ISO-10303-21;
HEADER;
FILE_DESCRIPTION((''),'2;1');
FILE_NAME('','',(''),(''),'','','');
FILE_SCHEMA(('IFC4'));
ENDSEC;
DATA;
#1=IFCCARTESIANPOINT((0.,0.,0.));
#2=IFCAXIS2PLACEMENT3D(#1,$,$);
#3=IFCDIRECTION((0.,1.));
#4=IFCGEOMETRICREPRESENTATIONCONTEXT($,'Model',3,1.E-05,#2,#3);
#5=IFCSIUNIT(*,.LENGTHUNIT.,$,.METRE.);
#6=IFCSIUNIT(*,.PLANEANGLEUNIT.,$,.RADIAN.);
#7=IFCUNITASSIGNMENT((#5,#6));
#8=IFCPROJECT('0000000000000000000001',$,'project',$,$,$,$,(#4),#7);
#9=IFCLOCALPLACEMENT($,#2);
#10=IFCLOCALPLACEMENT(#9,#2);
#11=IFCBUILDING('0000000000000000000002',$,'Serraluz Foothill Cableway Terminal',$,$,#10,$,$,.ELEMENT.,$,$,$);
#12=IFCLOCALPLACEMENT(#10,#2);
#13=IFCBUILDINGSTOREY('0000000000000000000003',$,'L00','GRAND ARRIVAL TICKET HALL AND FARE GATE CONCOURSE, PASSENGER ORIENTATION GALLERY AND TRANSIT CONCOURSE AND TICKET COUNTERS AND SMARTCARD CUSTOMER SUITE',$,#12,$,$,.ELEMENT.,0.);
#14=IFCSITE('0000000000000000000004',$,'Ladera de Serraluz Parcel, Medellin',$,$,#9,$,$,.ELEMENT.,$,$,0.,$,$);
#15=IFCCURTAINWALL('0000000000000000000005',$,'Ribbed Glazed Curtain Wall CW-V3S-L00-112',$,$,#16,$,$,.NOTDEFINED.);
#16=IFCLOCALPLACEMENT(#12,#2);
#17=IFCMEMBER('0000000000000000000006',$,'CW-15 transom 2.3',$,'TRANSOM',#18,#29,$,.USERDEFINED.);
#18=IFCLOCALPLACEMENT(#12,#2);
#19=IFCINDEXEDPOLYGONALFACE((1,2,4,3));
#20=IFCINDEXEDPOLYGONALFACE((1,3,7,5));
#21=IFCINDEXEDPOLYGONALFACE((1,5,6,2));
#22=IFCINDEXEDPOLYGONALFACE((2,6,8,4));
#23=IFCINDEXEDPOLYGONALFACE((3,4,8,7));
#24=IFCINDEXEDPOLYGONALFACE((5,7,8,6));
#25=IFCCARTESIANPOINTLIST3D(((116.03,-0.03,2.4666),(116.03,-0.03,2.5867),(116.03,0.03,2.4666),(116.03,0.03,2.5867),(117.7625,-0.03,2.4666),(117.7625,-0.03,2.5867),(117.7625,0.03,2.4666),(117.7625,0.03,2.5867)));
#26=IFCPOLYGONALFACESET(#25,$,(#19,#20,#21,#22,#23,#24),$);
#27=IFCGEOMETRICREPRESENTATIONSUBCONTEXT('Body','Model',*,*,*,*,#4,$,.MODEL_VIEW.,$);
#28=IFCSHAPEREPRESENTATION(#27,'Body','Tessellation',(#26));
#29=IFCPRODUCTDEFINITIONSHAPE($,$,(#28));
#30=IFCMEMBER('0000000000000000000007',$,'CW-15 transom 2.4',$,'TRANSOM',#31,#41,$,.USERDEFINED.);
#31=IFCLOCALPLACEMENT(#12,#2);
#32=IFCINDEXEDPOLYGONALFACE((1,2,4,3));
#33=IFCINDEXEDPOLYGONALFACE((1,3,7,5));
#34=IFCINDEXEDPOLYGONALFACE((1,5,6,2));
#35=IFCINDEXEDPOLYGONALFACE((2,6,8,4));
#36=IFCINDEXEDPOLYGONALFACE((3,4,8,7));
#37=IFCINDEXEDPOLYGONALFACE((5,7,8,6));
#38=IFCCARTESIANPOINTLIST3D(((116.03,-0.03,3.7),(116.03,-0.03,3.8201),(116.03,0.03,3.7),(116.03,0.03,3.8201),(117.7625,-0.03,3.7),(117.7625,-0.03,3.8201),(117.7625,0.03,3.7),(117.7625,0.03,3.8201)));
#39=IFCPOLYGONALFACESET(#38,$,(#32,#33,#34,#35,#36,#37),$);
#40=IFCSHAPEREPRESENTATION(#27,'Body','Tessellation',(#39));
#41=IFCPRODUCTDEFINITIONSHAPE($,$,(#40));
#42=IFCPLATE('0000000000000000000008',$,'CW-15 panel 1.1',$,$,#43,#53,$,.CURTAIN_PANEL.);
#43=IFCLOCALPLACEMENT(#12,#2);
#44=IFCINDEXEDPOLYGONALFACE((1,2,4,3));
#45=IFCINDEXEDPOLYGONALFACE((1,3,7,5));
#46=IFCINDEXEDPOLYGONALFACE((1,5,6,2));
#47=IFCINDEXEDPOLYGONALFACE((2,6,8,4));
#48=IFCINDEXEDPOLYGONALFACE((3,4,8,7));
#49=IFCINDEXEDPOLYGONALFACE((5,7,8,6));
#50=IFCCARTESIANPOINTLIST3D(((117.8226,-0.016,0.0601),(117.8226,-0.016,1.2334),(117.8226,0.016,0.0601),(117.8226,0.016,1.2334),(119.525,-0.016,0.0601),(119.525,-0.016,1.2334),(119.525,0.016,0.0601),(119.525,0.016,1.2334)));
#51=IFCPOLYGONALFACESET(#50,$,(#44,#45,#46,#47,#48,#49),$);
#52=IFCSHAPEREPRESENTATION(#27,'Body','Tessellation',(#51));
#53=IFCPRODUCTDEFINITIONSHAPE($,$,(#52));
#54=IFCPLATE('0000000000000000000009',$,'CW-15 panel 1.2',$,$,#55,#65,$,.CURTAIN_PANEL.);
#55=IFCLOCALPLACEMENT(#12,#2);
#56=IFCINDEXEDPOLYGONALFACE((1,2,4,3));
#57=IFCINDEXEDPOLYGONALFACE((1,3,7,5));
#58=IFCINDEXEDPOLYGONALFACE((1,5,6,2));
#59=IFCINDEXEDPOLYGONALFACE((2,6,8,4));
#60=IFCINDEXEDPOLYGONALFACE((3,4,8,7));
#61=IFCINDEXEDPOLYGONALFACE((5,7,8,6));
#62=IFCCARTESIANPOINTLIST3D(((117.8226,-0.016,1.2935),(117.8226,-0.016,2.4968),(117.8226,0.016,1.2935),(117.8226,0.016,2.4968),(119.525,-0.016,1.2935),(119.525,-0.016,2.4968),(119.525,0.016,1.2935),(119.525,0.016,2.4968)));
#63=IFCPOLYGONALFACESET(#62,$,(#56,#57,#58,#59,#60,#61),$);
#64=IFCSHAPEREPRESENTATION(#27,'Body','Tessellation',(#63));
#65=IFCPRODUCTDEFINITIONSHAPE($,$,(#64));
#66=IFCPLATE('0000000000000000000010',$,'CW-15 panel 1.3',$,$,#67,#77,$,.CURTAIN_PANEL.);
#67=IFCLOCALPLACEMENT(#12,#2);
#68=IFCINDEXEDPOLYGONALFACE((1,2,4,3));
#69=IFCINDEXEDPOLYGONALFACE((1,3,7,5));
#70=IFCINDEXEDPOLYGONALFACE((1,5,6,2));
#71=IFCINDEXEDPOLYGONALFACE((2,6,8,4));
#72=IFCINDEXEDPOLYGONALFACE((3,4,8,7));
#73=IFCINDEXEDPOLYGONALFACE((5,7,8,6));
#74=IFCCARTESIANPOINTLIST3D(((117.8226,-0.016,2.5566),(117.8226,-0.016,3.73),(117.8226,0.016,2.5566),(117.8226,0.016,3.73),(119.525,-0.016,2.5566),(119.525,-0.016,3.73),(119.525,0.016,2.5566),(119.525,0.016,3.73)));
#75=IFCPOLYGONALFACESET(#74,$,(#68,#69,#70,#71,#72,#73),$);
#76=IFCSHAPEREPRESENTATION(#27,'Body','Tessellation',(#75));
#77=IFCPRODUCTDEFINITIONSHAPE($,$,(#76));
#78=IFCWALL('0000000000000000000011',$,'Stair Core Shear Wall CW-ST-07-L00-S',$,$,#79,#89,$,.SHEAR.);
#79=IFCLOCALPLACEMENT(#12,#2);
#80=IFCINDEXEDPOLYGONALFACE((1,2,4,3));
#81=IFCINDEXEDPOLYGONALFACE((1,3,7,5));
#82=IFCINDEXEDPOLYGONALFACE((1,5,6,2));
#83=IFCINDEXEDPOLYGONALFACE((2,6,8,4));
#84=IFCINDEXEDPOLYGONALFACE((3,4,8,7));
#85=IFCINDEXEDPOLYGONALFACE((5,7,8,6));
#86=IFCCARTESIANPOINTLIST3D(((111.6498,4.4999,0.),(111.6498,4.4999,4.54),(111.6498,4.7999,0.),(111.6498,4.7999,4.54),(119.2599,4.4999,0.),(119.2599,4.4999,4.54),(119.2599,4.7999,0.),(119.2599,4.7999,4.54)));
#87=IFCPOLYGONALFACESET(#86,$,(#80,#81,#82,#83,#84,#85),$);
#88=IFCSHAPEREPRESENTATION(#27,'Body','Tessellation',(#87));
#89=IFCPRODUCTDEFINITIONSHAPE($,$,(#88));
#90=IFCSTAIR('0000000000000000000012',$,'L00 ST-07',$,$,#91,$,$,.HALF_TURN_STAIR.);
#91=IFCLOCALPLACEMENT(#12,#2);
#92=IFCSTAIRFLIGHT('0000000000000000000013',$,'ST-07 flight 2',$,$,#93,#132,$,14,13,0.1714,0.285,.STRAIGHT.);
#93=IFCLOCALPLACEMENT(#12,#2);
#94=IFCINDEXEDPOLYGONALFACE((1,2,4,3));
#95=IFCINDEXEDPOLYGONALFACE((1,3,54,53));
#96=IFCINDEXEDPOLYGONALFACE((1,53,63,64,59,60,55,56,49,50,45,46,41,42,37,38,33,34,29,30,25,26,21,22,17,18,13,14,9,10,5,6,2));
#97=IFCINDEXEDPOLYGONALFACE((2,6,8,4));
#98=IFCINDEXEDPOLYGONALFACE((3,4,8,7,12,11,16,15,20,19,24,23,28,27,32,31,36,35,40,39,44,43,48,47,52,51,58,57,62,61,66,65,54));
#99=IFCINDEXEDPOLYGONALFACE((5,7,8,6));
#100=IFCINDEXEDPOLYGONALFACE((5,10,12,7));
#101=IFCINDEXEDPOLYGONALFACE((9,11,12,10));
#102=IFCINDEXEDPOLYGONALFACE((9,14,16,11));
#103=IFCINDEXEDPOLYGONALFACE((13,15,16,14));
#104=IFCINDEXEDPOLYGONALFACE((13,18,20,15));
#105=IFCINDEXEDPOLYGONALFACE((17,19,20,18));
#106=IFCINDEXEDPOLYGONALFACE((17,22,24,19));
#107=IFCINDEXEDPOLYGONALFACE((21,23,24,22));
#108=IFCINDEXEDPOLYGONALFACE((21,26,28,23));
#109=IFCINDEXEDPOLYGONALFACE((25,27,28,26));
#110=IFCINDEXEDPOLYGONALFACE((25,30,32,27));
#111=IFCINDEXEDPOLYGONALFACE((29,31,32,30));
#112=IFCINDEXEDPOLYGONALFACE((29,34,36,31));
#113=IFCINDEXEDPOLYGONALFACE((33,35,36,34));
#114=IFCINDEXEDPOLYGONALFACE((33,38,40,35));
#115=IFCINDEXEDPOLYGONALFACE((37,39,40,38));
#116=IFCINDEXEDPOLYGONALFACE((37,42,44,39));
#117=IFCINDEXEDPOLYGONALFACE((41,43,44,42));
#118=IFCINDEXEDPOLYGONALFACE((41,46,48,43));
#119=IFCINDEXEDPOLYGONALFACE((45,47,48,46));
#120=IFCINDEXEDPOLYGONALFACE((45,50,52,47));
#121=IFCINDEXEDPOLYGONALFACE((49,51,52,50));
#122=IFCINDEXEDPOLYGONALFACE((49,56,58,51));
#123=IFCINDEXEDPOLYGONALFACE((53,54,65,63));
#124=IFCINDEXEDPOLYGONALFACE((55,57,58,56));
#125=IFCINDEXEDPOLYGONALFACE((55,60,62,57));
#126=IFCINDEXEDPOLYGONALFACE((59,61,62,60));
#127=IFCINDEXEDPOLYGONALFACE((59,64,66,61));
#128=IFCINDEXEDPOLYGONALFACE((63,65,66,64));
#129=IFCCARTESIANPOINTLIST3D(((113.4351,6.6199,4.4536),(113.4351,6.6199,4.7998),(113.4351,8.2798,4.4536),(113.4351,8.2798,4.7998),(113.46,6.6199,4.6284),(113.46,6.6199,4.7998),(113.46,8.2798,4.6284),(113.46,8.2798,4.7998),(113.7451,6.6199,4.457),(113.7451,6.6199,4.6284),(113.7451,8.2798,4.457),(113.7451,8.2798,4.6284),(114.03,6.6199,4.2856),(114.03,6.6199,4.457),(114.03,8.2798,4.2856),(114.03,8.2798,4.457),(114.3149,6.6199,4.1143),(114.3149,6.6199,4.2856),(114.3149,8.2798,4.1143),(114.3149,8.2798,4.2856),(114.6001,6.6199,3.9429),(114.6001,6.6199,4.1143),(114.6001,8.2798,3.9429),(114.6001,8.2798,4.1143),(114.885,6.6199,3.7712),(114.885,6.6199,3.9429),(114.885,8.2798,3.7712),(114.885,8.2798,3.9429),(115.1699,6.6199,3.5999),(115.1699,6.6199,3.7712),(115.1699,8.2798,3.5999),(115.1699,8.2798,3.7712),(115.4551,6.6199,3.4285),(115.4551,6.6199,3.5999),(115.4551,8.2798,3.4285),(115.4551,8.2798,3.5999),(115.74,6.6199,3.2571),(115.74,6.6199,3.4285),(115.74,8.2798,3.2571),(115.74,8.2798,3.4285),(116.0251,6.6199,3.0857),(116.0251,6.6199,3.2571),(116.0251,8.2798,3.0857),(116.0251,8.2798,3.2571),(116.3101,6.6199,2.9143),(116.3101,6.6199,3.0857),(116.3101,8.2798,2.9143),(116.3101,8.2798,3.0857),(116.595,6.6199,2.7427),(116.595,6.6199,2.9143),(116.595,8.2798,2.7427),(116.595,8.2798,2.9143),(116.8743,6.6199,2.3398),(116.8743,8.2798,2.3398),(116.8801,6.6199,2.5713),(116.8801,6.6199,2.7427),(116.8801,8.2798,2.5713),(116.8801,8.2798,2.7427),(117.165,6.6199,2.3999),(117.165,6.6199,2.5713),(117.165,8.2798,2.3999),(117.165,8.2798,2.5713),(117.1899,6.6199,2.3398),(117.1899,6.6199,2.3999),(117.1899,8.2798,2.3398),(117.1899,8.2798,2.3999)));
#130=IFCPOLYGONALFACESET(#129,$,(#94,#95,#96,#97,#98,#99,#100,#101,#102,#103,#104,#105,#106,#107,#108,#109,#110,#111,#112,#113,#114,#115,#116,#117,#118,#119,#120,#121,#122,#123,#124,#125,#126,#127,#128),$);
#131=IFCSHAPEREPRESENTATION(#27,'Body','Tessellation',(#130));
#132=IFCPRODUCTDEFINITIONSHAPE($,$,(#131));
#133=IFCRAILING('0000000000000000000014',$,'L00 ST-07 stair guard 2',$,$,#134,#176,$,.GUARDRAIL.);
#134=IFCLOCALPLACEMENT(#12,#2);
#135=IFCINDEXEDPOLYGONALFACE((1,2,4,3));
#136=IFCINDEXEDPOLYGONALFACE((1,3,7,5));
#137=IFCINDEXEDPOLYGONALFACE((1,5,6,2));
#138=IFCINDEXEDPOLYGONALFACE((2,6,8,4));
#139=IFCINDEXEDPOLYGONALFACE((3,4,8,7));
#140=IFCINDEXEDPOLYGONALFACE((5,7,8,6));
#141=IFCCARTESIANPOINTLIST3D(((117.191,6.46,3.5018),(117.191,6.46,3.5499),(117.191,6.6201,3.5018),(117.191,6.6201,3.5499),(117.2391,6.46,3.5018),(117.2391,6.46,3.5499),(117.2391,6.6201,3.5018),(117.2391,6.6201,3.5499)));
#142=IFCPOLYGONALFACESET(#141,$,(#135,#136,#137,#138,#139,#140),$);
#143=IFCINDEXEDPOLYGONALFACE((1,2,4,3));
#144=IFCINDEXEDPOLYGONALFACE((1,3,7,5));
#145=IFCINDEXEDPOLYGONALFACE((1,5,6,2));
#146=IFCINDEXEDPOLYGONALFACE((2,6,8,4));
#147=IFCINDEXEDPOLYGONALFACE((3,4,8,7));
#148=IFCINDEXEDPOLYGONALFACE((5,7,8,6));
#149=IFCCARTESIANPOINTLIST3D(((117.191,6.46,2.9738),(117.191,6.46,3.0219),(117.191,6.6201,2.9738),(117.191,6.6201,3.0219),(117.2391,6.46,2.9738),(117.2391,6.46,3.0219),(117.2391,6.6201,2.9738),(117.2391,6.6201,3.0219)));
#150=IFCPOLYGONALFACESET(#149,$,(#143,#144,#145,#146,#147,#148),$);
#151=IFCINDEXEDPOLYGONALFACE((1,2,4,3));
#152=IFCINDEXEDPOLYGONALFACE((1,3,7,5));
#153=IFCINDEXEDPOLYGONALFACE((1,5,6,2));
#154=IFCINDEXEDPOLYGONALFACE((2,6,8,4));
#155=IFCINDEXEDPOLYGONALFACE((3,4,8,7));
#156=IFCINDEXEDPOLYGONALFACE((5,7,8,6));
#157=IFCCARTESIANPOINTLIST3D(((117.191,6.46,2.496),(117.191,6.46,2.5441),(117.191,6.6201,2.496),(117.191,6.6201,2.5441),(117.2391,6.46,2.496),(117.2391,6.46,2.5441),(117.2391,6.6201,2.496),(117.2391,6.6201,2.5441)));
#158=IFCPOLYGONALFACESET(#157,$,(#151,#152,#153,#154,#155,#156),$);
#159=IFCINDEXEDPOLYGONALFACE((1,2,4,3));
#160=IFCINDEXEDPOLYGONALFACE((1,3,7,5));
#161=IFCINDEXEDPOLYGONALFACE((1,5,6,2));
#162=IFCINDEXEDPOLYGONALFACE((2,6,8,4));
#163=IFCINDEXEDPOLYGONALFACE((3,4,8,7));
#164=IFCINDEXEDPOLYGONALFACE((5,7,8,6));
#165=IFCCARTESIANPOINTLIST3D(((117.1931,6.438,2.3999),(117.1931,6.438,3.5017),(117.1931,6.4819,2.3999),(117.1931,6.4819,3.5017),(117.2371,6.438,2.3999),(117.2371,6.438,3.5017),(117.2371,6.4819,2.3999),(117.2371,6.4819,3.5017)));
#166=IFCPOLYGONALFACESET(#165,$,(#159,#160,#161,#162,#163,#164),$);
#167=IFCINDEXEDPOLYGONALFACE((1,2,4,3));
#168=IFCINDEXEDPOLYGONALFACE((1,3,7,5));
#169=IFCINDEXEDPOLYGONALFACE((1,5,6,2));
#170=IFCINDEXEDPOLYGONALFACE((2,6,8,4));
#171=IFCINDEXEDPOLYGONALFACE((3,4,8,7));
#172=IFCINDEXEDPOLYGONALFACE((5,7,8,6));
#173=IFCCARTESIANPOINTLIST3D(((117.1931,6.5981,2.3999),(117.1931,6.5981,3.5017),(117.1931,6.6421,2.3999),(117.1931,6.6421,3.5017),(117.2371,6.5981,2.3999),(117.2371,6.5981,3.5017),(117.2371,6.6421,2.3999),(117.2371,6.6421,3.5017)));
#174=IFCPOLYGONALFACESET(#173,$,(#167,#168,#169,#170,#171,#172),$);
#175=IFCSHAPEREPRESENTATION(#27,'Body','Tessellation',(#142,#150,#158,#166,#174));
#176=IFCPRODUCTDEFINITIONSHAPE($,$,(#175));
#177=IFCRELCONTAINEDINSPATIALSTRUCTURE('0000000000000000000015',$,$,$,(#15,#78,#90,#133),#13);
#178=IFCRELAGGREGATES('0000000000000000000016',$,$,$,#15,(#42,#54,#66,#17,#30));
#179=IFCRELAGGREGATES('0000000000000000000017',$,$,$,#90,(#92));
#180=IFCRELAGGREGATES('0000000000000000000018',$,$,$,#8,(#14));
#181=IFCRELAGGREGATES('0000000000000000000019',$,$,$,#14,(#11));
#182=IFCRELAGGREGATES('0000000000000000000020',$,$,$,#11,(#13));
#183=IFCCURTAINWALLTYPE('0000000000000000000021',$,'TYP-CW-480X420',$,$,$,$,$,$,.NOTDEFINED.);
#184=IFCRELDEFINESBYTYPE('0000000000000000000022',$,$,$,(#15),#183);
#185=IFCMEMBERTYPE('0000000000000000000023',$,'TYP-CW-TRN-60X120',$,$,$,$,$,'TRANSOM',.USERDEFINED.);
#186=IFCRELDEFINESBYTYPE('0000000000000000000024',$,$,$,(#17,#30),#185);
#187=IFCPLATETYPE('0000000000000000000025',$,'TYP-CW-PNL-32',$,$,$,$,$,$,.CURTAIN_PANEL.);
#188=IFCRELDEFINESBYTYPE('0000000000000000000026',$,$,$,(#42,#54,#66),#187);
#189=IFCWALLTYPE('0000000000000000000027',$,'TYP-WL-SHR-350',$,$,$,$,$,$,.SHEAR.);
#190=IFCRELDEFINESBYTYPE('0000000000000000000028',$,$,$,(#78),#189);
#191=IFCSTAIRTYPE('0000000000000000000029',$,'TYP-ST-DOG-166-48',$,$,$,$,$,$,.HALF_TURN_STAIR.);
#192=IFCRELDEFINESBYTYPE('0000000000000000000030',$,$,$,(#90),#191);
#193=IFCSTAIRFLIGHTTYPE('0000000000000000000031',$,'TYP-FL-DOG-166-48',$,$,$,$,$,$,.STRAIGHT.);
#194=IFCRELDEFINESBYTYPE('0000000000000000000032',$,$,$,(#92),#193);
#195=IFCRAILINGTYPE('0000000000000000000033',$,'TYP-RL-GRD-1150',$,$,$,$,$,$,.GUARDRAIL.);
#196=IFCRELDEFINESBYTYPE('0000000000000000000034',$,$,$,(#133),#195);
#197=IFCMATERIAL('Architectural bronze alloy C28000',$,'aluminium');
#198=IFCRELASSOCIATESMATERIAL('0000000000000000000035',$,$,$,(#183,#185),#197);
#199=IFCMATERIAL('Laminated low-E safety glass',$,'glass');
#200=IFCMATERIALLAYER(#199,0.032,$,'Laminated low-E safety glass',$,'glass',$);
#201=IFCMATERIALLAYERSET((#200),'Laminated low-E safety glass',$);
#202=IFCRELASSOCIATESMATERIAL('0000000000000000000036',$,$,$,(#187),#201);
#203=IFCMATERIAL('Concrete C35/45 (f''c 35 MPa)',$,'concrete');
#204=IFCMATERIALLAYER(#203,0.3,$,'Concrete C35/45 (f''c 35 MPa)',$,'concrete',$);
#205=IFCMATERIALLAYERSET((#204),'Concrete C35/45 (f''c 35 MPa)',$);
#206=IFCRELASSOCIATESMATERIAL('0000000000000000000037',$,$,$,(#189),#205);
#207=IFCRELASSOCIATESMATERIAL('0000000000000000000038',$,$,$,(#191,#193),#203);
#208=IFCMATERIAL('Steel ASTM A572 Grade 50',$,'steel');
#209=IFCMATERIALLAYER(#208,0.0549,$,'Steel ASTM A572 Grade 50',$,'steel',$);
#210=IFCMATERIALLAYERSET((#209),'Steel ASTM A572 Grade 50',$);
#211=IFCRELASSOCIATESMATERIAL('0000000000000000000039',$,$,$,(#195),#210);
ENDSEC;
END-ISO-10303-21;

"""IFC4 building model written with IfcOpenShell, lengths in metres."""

from ifc_helpers import new_model, si_unit, direction, frame, frame_2d, origin, origin_2d, place, context, subcontext, project, spatial, polyline, rectangle, outline, extrude, material, layer, layer_set, material_profile, profile_set, type_object, element, aggregate, save


model = new_model("IFC4")

# Units and contexts
model_context = context("Model", 3, precision=1e-05, world=origin(), true_north=direction((0.0, 1.0)))
body_context = subcontext(model_context, "Body", "Model", "MODEL_VIEW")
ifc_project = project(units=[si_unit("LENGTHUNIT", "METRE"), si_unit("PLANEANGLEUNIT", "RADIAN")], contexts=[model_context])

# Site, building, storey
site_placement = place(None, origin())
site = spatial("IfcSite", under=ifc_project, at=site_placement, Name="Ladera de Serraluz Parcel, Medellin", CompositionType="ELEMENT", RefElevation=0.0)
building_placement = place(site_placement, origin())
building = spatial("IfcBuilding", under=site, at=building_placement, Name="Serraluz Foothill Cableway Terminal", CompositionType="ELEMENT")
storey_placement = place(building_placement, origin())
storey = spatial("IfcBuildingStorey", under=building, at=storey_placement, Name="L00", Description="GRAND ARRIVAL TICKET HALL AND FARE GATE CONCOURSE, PASSENGER ORIENTATION GALLERY AND TRANSIT CONCOURSE AND TICKET COUNTERS AND SMARTCARD CUSTOMER SUITE", CompositionType="ELEMENT", Elevation=0.0)

# Shared definitions
ifc_material_1 = material(Name="Concrete C35/45 (f'c 35 MPa)", Category="concrete")

# Curtain wall, members, plates
ifc_material_2 = material(Name="Architectural bronze alloy C28000", Category="aluminium")
curtain_wall_type = type_object("IfcCurtainWallType", Name="TYP-CW-480X420", PredefinedType="NOTDEFINED", material=ifc_material_2)
curtain_wall_placement = place(storey_placement, origin())
curtain_wall = element("IfcCurtainWall", 1, at=curtain_wall_placement, inside=storey, type_object=curtain_wall_type, Name="Ribbed Glazed Curtain Wall CW-V3S-L00-112", PredefinedType="NOTDEFINED")
ifc_material_profile_1 = material_profile(ifc_material_2, rectangle(XDim=0.0601, YDim=0.1201, at=origin_2d()), Name="ALU TRANSOM 60x120")
ifc_profile_set_1 = profile_set([ifc_material_profile_1], Name="Architectural bronze alloy C28000")
member_type_1 = type_object("IfcMemberType", Name="TYP-CW-TRN-60X120", ElementType="TRANSOM", PredefinedType="USERDEFINED", material=ifc_profile_set_1)
member_1_placement = place(storey_placement, frame((117.7625, 0.0, 2.5266), z_axis=(-1.0, 0.0, 0.0), x_axis=(0.0, -1.0, 0.0)))
member_1 = element("IfcMember", 2, at=member_1_placement, type_object=member_type_1, Name="CW-15 transom 2.3", ObjectType="TRANSOM", PredefinedType="USERDEFINED", context=body_context, shape_type="SweptSolid", body=[
    extrude(rectangle(XDim=0.0601, YDim=0.1201, at=origin_2d()), origin(), (0.0, 0.0, 1.0), 1.7324),
])
member_2_placement = place(storey_placement, frame((117.7625, 0.0, 3.76), z_axis=(-1.0, 0.0, 0.0), x_axis=(0.0, -1.0, 0.0)))
member_2 = element("IfcMember", 3, at=member_2_placement, type_object=member_type_1, Name="CW-15 transom 2.4", ObjectType="TRANSOM", PredefinedType="USERDEFINED", context=body_context, shape_type="SweptSolid", body=[
    extrude(rectangle(XDim=0.0601, YDim=0.1201, at=origin_2d()), origin(), (0.0, 0.0, 1.0), 1.7324),
])
ifc_material_3 = material(Name="Laminated low-E safety glass", Category="glass")
ifc_layer_1 = layer(ifc_material_3, 0.032, Name="Laminated low-E safety glass", Category="glass")
ifc_layer_set_1 = layer_set([ifc_layer_1], Name="Laminated low-E safety glass")
plate_type = type_object("IfcPlateType", Name="TYP-CW-PNL-32", PredefinedType="CURTAIN_PANEL", material=ifc_layer_set_1)
plate_1_placement = place(storey_placement, frame((118.6738, 0.0, 0.0601), z_axis=(0.0, 0.0, 1.0), x_axis=(-1.0, 0.0, 0.0)))
plate_1 = element("IfcPlate", 4, at=plate_1_placement, type_object=plate_type, Name="CW-15 panel 1.1", PredefinedType="CURTAIN_PANEL", context=body_context, shape_type="SweptSolid", body=[
    extrude(rectangle(XDim=1.7024, YDim=0.032, at=origin_2d()), origin(), (0.0, 0.0, 1.0), 1.1733),
])
plate_2_placement = place(storey_placement, frame((118.6738, 0.0, 1.2935), z_axis=(0.0, 0.0, 1.0), x_axis=(-1.0, 0.0, 0.0)))
plate_2 = element("IfcPlate", 5, at=plate_2_placement, type_object=plate_type, Name="CW-15 panel 1.2", PredefinedType="CURTAIN_PANEL", context=body_context, shape_type="SweptSolid", body=[
    extrude(rectangle(XDim=1.7024, YDim=0.032, at=origin_2d()), origin(), (0.0, 0.0, 1.0), 1.2034),
])
plate_3_placement = place(storey_placement, frame((118.6738, 0.0, 2.5566), z_axis=(0.0, 0.0, 1.0), x_axis=(-1.0, 0.0, 0.0)))
plate_3 = element("IfcPlate", 6, at=plate_3_placement, type_object=plate_type, Name="CW-15 panel 1.3", PredefinedType="CURTAIN_PANEL", context=body_context, shape_type="SweptSolid", body=[
    extrude(rectangle(XDim=1.7024, YDim=0.032, at=origin_2d()), origin(), (0.0, 0.0, 1.0), 1.1733),
])
aggregate(curtain_wall, [plate_1, plate_2, plate_3, member_1, member_2])

# Wall
ifc_layer_2 = layer(ifc_material_1, 0.3, Name="Concrete C35/45 (f'c 35 MPa)", Category="concrete")
ifc_layer_set_2 = layer_set([ifc_layer_2], Name="Concrete C35/45 (f'c 35 MPa)")
wall_type = type_object("IfcWallType", Name="TYP-WL-SHR-350", PredefinedType="SHEAR", material=ifc_layer_set_2)
wall_placement = place(storey_placement, frame((119.26, 4.6499, 0.0), z_axis=(0.0, 0.0, 1.0), x_axis=(-1.0, 0.0, 0.0)))
element("IfcWall", 7, at=wall_placement, inside=storey, type_object=wall_type, Name="Stair Core Shear Wall CW-ST-07-L00-S", PredefinedType="SHEAR", context=body_context, shape_type="SweptSolid", body=[
    extrude(rectangle(XDim=7.6101, YDim=0.3, at=frame_2d((3.8052, 0.0))), origin(), (0.0, 0.0, 1.0), 4.54),
])

# Stair, stair flight
stair_type = type_object("IfcStairType", Name="TYP-ST-DOG-166-48", PredefinedType="HALF_TURN_STAIR", material=ifc_material_1)
stair_placement = place(storey_placement, origin())
stair = element("IfcStair", 8, at=stair_placement, inside=storey, type_object=stair_type, Name="L00 ST-07", PredefinedType="HALF_TURN_STAIR")
stair_flight_type = type_object("IfcStairFlightType", Name="TYP-FL-DOG-166-48", PredefinedType="STRAIGHT", material=ifc_material_1)
stair_flight_placement = place(storey_placement, frame((117.165, 7.45, 2.3999), z_axis=(0.0, 0.0, 1.0), x_axis=(-1.0, 0.0, 0.0)))
stair_flight = element("IfcStairFlight", 9, at=stair_flight_placement, type_object=stair_flight_type, Name="ST-07 flight 2", NumberOfRisers=14, NumberOfTreads=13, PredefinedType="STRAIGHT", RiserHeight=0.1714, TreadLength=0.285, context=body_context, shape_type="SweptSolid", body=[
    extrude(outline(polyline([(-0.0249, -0.0601), (-0.0249, 0.0), (0.0, 0.0), (0.0, 0.1714), (0.2849, 0.1714), (0.2849, 0.3428), (0.5701, 0.3428), (0.5701, 0.5144), (0.855, 0.5144), (0.855, 0.6858), (1.1399, 0.6858), (1.1399, 0.8572), (1.425, 0.8572), (1.425, 1.0286), (1.71, 1.0286), (1.71, 1.2), (1.9951, 1.2), (1.9951, 1.3713), (2.28, 1.3713), (2.28, 1.543), (2.5649, 1.543), (2.5649, 1.7144), (2.8501, 1.7144), (2.8501, 1.8857), (3.135, 1.8857), (3.135, 2.0571), (3.4199, 2.0571), (3.4199, 2.2285), (3.7051, 2.2285), (3.7051, 2.3999), (3.73, 2.3999), (3.73, 2.0537), (0.2908, -0.0601), (-0.0249, -0.0601)])), frame((0.0, 0.8301, 0.0), z_axis=(0.0, -1.0, 0.0), x_axis=(1.0, 0.0, 0.0)), (0.0, 0.0, 1.0), 1.6599),
])
aggregate(stair, [stair_flight])

# Railing
ifc_material_4 = material(Name="Steel ASTM A572 Grade 50", Category="steel")
ifc_layer_3 = layer(ifc_material_4, 0.0549, Name="Steel ASTM A572 Grade 50", Category="steel")
ifc_layer_set_3 = layer_set([ifc_layer_3], Name="Steel ASTM A572 Grade 50")
railing_type_1 = type_object("IfcRailingType", Name="TYP-RL-GRD-1150", PredefinedType="GUARDRAIL", material=ifc_layer_set_3)
railing_1_placement = place(storey_placement, frame((117.2151, 6.46, 2.3999)))
element("IfcRailing", 10, at=railing_1_placement, inside=storey, type_object=railing_type_1, Name="L00 ST-07 stair guard 2", PredefinedType="GUARDRAIL", context=body_context, shape_type="SweptSolid", body=[
    extrude(rectangle(XDim=0.0481, YDim=0.0481, at=origin_2d()), frame((0.0, 0.0, 1.126), z_axis=(0.0, 1.0, 0.0), x_axis=(-1.0, 0.0, 0.0)), (0.0, 0.0, 1.0), 0.1602),
    extrude(rectangle(XDim=0.0481, YDim=0.0481, at=origin_2d()), frame((0.0, 0.0, 0.5979), z_axis=(0.0, 1.0, 0.0), x_axis=(-1.0, 0.0, 0.0)), (0.0, 0.0, 1.0), 0.1602),
    extrude(rectangle(XDim=0.0481, YDim=0.0481, at=origin_2d()), frame((0.0, 0.0, 0.1201), z_axis=(0.0, 1.0, 0.0), x_axis=(-1.0, 0.0, 0.0)), (0.0, 0.0, 1.0), 0.1602),
    extrude(rectangle(XDim=0.0439, YDim=0.0439, at=origin_2d()), origin(), (0.0, 0.0, 1.0), 1.1018),
    extrude(rectangle(XDim=0.0439, YDim=0.0439, at=origin_2d()), frame((0.0, 0.1602, 0.0)), (0.0, 0.0, 1.0), 1.1018),
])

save(model, "model.ifc")
